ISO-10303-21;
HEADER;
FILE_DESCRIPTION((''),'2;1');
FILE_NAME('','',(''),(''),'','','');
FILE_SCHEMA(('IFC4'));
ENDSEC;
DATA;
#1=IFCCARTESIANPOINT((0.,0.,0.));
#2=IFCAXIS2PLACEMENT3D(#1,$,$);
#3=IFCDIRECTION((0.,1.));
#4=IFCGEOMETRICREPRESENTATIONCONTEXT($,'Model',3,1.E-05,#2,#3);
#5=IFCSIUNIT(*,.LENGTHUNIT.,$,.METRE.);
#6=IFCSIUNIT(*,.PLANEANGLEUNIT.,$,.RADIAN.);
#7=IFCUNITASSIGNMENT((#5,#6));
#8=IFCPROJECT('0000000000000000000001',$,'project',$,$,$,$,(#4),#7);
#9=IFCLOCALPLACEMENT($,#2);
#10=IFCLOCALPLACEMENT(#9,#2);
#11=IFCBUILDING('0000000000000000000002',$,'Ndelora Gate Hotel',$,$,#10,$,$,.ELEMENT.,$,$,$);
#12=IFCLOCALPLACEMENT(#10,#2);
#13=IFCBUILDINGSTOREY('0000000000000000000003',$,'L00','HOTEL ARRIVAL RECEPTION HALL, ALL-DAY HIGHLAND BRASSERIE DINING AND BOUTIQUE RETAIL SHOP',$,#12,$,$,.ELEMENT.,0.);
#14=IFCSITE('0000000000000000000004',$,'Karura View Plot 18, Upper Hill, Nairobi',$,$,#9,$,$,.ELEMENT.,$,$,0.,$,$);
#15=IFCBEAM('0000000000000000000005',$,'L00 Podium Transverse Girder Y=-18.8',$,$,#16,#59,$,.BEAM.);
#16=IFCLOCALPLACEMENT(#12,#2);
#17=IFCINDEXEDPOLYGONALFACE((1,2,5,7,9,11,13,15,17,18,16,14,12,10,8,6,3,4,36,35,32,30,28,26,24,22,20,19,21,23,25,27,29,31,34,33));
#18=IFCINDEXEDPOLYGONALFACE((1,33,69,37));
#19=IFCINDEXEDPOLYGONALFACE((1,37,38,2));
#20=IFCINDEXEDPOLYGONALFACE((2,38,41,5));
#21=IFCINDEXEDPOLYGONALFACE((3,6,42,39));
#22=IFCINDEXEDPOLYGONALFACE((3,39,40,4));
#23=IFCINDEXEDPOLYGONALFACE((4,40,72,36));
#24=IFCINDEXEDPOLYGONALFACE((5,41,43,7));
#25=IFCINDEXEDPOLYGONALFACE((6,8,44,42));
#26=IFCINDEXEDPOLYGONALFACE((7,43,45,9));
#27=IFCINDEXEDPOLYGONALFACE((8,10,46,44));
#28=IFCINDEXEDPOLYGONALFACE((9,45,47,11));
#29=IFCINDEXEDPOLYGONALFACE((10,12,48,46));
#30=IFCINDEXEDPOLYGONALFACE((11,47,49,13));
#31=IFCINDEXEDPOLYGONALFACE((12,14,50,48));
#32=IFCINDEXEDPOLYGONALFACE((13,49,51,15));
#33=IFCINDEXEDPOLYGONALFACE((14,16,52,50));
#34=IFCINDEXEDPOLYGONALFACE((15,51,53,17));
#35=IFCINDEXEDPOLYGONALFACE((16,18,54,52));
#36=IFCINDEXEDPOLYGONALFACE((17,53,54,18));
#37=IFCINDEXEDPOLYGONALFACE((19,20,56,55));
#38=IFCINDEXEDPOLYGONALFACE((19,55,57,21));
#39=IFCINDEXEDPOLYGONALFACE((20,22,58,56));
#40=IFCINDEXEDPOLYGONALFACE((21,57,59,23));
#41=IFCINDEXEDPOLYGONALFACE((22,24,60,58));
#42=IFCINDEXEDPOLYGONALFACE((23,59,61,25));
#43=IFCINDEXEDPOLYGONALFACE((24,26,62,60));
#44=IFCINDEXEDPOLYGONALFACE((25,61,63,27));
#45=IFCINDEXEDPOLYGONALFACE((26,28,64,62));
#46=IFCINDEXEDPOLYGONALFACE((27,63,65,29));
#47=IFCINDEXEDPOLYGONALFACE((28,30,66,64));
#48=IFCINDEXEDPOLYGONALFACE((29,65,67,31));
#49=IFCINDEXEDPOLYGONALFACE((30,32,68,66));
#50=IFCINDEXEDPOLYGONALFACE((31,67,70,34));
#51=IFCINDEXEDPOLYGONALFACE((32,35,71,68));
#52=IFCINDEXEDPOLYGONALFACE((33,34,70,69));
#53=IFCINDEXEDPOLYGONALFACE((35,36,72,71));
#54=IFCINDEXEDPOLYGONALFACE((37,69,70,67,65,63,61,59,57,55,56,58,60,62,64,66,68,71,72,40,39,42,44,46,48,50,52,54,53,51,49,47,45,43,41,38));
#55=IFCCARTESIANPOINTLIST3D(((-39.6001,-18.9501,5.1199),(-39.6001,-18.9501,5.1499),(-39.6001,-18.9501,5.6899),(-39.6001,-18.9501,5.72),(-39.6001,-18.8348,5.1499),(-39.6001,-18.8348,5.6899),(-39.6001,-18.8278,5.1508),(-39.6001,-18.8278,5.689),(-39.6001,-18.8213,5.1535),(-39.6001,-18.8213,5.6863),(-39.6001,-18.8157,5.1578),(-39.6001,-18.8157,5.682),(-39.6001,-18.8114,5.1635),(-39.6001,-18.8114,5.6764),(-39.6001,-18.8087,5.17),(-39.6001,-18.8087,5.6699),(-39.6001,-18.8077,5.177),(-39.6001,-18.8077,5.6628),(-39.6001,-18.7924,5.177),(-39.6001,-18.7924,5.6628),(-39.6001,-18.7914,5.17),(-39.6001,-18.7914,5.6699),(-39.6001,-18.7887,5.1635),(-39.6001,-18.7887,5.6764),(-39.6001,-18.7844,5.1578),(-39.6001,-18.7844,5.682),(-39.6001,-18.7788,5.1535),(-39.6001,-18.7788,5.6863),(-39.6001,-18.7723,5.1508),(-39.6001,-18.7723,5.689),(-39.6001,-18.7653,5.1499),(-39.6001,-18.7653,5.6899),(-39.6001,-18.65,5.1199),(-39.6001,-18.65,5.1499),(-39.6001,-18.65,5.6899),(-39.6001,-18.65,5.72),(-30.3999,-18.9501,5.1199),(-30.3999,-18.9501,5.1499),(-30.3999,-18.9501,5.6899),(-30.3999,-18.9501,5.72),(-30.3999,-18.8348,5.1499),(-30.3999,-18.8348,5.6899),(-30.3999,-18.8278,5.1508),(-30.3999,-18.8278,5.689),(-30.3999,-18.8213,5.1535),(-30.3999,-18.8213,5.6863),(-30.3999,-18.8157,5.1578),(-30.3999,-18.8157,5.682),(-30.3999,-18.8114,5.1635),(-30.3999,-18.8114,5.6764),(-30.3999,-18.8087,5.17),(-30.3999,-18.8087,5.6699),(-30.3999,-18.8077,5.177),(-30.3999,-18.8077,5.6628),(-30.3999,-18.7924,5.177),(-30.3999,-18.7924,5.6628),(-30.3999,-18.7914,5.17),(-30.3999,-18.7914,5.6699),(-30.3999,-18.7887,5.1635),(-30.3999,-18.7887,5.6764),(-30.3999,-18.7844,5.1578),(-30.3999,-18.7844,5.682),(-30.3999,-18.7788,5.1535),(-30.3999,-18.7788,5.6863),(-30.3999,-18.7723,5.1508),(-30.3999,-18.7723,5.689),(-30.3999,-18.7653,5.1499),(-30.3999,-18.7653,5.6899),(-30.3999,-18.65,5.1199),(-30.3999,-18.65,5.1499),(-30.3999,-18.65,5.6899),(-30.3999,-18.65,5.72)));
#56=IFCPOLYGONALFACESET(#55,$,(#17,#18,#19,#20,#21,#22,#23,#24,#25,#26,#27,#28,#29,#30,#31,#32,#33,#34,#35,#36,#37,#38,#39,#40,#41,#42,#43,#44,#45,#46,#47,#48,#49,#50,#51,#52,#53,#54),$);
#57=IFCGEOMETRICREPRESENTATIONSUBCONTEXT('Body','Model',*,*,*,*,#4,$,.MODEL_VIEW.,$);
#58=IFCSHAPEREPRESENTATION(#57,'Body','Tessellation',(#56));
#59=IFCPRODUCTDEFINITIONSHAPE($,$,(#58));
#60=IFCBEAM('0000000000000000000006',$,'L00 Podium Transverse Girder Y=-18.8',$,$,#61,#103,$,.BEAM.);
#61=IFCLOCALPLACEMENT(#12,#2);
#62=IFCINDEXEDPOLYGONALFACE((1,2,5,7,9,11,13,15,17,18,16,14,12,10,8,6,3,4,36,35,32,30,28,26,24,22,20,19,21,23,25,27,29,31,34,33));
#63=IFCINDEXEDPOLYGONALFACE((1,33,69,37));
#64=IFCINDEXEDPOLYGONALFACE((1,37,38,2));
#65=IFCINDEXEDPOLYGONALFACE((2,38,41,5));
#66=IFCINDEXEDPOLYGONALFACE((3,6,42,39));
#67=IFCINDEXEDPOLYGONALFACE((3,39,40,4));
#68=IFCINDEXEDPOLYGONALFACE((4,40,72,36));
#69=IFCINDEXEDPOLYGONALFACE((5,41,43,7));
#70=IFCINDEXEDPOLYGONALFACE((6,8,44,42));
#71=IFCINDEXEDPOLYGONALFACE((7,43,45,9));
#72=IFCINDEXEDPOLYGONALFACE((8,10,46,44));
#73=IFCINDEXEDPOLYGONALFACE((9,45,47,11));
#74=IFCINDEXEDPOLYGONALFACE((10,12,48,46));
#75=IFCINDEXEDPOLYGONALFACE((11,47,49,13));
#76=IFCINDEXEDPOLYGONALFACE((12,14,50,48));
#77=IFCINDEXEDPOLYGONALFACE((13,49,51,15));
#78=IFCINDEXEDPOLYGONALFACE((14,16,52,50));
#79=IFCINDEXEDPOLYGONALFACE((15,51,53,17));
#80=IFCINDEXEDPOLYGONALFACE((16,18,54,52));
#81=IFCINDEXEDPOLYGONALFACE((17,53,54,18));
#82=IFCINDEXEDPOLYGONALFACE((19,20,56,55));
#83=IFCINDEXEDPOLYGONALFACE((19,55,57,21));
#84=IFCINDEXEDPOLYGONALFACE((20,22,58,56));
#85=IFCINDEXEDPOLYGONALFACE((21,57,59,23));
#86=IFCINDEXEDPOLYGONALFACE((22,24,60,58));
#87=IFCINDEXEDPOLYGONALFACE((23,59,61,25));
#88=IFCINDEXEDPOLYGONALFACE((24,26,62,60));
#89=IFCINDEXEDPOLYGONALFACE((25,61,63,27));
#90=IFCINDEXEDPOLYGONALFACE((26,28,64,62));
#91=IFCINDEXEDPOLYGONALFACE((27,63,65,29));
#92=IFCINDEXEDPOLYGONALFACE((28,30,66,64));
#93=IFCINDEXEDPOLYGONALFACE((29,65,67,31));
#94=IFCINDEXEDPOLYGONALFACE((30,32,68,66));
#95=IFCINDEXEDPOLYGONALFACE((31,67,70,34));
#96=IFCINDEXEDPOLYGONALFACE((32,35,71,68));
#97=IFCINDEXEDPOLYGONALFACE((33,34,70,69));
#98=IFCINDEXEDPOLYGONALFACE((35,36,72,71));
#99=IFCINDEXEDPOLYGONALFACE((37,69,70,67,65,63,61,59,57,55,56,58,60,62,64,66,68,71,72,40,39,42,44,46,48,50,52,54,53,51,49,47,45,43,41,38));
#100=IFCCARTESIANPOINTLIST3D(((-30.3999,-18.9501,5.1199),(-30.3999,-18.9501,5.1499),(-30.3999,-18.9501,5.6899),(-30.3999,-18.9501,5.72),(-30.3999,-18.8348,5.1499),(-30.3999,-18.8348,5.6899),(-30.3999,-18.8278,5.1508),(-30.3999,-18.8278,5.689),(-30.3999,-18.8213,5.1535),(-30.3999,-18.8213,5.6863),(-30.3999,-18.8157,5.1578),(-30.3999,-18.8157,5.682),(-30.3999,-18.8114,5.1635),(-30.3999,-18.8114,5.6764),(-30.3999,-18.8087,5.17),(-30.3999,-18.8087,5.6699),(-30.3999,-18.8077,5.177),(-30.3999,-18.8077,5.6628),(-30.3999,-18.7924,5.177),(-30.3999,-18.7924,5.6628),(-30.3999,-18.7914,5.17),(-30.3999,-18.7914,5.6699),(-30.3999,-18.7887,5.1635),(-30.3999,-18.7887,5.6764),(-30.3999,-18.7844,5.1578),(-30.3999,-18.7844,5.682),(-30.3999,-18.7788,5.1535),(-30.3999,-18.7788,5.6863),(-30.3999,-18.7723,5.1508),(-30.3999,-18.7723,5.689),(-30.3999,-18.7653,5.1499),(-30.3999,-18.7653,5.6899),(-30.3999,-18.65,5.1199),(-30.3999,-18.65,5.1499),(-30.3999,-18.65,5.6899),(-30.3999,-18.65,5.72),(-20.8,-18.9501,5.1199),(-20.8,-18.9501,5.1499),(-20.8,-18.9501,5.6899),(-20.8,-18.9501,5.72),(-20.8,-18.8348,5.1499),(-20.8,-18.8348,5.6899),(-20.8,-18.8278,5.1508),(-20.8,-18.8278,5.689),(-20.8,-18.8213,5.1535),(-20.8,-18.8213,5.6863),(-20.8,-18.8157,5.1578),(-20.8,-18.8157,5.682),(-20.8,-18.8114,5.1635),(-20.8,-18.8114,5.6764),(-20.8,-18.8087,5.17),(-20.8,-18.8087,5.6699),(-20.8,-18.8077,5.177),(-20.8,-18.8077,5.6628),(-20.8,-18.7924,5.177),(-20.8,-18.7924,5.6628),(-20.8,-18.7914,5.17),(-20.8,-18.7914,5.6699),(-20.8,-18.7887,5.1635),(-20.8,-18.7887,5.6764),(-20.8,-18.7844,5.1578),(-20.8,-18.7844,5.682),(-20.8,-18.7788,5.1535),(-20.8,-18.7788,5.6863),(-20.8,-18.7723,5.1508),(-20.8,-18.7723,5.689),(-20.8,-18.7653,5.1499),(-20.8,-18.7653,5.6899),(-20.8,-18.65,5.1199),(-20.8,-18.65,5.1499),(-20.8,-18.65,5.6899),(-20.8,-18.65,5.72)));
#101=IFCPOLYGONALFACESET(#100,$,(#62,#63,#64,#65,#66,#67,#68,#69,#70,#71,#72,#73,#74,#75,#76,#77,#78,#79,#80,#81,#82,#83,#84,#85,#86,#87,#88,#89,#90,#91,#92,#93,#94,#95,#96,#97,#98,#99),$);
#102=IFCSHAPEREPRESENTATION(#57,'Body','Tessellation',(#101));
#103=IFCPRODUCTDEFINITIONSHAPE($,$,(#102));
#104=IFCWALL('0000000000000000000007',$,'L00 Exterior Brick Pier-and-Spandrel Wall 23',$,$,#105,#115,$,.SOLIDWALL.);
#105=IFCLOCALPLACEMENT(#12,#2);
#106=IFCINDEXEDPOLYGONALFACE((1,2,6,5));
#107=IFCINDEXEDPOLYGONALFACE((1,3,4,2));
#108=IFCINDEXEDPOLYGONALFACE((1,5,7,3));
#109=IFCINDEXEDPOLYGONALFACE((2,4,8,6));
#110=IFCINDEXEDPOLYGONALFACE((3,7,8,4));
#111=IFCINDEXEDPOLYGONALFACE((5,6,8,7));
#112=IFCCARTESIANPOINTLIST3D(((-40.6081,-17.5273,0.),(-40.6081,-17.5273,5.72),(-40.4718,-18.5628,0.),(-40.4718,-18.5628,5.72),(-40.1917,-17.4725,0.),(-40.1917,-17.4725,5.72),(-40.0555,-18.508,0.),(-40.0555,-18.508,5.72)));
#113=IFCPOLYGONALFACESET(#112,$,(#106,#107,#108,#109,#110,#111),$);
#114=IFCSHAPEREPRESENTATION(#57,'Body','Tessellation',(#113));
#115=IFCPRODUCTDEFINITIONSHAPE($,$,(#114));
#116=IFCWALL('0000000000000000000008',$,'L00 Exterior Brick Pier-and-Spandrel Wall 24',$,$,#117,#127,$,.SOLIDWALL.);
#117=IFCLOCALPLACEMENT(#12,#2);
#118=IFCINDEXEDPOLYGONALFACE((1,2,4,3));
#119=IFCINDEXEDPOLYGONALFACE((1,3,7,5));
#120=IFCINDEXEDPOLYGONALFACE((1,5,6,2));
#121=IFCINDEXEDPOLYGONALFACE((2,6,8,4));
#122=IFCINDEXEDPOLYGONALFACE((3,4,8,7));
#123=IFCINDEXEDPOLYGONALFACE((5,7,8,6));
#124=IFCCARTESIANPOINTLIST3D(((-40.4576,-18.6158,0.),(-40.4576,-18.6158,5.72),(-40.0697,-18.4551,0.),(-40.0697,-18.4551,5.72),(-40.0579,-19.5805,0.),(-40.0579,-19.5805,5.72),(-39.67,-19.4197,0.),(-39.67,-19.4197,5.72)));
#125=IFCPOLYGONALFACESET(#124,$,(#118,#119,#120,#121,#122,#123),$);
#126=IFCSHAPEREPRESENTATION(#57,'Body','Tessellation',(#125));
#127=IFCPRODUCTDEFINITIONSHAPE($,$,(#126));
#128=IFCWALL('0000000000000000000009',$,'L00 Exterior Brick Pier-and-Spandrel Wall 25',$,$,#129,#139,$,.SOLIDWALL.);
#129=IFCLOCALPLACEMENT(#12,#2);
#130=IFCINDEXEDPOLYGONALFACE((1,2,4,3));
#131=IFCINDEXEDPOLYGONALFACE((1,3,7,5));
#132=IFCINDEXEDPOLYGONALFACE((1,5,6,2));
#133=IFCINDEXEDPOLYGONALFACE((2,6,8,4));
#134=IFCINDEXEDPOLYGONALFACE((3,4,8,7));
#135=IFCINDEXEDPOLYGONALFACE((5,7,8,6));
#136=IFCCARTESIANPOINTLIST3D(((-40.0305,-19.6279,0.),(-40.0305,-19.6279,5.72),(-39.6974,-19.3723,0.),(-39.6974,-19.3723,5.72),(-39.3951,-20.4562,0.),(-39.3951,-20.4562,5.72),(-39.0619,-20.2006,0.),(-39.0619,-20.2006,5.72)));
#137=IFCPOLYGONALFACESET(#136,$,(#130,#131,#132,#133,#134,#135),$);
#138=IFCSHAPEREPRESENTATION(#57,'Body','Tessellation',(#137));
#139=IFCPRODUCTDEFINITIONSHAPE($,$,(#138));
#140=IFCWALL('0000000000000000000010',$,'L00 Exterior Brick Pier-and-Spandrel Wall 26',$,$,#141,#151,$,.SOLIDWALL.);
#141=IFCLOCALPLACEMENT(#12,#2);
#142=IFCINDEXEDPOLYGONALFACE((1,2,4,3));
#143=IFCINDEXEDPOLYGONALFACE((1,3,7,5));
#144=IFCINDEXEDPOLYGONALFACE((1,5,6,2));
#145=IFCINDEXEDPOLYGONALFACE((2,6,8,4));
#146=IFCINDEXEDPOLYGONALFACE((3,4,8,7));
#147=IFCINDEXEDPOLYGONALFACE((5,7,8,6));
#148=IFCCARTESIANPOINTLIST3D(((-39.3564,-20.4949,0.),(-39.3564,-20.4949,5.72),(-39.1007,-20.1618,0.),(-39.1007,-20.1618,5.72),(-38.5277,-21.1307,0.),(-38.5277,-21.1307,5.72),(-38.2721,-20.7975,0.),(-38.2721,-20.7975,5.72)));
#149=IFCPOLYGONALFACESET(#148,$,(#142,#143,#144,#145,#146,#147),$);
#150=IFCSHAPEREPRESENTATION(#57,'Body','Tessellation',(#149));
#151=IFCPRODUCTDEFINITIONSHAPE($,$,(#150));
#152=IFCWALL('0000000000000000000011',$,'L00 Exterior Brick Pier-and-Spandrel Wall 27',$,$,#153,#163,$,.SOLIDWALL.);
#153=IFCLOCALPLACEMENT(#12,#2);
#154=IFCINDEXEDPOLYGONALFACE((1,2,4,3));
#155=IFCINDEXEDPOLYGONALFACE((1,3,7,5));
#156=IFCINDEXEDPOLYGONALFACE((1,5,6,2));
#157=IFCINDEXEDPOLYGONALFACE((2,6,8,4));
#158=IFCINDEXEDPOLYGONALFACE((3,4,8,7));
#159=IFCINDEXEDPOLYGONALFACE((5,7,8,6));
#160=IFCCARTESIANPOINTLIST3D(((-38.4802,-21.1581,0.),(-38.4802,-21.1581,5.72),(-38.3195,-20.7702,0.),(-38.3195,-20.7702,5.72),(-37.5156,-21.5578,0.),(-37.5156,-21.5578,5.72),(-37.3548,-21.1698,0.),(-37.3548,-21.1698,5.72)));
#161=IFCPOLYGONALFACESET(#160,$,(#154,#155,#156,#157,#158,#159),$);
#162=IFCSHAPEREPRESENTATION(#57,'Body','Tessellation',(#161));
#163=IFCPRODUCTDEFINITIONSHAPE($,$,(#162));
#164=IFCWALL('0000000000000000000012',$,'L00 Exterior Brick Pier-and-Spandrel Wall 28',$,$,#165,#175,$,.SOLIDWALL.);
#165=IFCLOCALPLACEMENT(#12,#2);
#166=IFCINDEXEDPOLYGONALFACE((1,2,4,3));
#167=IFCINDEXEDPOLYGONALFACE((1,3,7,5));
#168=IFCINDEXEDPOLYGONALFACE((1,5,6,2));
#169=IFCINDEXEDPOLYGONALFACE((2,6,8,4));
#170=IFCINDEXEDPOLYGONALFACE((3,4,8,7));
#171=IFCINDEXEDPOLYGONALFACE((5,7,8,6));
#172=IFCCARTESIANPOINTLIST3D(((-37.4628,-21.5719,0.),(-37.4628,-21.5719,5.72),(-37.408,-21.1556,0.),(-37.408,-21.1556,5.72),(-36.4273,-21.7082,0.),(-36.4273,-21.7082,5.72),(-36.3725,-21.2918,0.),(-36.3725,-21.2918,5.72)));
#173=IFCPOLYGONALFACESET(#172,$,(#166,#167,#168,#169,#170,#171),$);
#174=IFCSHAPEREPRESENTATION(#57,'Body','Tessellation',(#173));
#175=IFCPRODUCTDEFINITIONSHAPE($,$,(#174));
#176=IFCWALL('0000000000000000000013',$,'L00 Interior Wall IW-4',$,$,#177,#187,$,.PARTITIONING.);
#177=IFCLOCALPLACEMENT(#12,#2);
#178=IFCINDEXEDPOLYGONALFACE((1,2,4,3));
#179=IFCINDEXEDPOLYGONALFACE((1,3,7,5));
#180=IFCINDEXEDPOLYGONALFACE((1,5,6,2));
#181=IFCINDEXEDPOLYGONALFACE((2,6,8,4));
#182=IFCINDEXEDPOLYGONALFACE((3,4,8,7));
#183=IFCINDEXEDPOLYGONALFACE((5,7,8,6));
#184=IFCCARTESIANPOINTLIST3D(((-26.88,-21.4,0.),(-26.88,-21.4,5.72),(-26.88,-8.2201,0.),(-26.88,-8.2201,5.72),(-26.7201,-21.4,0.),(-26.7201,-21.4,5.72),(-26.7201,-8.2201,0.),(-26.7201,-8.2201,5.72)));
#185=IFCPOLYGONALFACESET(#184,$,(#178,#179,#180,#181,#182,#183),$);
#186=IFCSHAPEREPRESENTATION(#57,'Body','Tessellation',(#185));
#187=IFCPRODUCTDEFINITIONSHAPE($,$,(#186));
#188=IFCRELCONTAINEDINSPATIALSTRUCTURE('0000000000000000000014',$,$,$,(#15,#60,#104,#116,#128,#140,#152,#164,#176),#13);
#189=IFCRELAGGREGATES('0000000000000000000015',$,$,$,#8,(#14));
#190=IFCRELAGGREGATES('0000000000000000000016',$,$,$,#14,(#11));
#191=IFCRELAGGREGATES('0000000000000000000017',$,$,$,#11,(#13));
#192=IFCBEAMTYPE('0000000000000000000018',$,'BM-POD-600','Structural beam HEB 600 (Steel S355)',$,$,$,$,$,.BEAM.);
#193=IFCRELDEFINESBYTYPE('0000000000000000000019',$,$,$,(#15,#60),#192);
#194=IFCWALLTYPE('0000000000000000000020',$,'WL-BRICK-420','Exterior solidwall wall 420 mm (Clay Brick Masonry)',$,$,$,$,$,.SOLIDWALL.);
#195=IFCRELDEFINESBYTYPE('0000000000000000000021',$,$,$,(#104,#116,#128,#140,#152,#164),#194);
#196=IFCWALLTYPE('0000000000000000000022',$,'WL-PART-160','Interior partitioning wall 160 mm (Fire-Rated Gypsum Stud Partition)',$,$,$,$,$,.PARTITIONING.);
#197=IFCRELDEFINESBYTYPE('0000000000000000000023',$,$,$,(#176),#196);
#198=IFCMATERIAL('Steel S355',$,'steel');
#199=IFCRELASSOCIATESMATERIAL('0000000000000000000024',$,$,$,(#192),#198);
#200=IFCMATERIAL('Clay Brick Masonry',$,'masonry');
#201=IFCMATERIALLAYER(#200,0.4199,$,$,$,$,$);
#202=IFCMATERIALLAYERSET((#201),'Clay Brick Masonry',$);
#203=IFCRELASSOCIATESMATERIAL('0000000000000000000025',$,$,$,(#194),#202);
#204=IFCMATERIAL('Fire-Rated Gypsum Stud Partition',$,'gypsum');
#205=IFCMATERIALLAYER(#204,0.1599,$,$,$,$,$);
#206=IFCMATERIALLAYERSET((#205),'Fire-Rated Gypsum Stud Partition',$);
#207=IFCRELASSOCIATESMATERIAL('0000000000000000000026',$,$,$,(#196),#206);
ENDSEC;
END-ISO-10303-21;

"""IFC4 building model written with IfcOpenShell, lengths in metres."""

from ifc_helpers import new_model, si_unit, direction, frame, frame_2d, origin, origin_2d, place, context, subcontext, project, spatial, rectangle, i_section, extrude, material, layer, layer_set, material_profile, profile_set, type_object, element, save


model = new_model("IFC4")

# Units and contexts
model_context = context("Model", 3, precision=1e-05, world=origin(), true_north=direction((0.0, 1.0)))
body_context = subcontext(model_context, "Body", "Model", "MODEL_VIEW")
ifc_project = project(units=[si_unit("LENGTHUNIT", "METRE"), si_unit("PLANEANGLEUNIT", "RADIAN")], contexts=[model_context])

# Site, building, storey
site_placement = place(None, origin())
site = spatial("IfcSite", under=ifc_project, at=site_placement, Name="Karura View Plot 18, Upper Hill, Nairobi", CompositionType="ELEMENT", RefElevation=0.0)
building_placement = place(site_placement, origin())
building = spatial("IfcBuilding", under=site, at=building_placement, Name="Ndelora Gate Hotel", CompositionType="ELEMENT")
storey_placement = place(building_placement, origin())
storey = spatial("IfcBuildingStorey", under=building, at=storey_placement, Name="L00", Description="HOTEL ARRIVAL RECEPTION HALL, ALL-DAY HIGHLAND BRASSERIE DINING AND BOUTIQUE RETAIL SHOP", CompositionType="ELEMENT", Elevation=0.0)

# Beams
ifc_material_1 = material(Name="Steel S355", Category="steel")
ifc_material_profile_1 = material_profile(ifc_material_1, i_section(OverallWidth=0.3, OverallDepth=0.6001, WebThickness=0.0154, FlangeThickness=0.03, FilletRadius=0.0271, at=origin_2d()), Name="HEB 600")
ifc_profile_set_1 = profile_set([ifc_material_profile_1], Name="Steel S355")
beam_type_1 = type_object("IfcBeamType", Name="BM-POD-600", Description="Structural beam HEB 600 (Steel S355)", PredefinedType="BEAM", material=ifc_profile_set_1)
beam_1_placement = place(storey_placement, frame((-39.6001, -18.8, 5.4199), z_axis=(1.0, 0.0, 0.0), x_axis=(0.0, 1.0, 0.0)))
element("IfcBeam", 1, at=beam_1_placement, inside=storey, type_object=beam_type_1, Name="L00 Podium Transverse Girder Y=-18.8", PredefinedType="BEAM", context=body_context, shape_type="SweptSolid", body=[
    extrude(i_section(OverallWidth=0.3, OverallDepth=0.6001, WebThickness=0.0154, FlangeThickness=0.03, FilletRadius=0.0271, at=origin_2d()), origin(), (0.0, 0.0, 1.0), 9.2002),
])
beam_2_placement = place(storey_placement, frame((-30.3999, -18.8, 5.4199), z_axis=(1.0, 0.0, 0.0), x_axis=(0.0, 1.0, 0.0)))
element("IfcBeam", 2, at=beam_2_placement, inside=storey, type_object=beam_type_1, Name="L00 Podium Transverse Girder Y=-18.8", PredefinedType="BEAM", context=body_context, shape_type="SweptSolid", body=[
    extrude(i_section(OverallWidth=0.3, OverallDepth=0.6001, WebThickness=0.0154, FlangeThickness=0.03, FilletRadius=0.0271, at=origin_2d()), origin(), (0.0, 0.0, 1.0), 9.5999),
])

# Shared definitions
ifc_material_2 = material(Name="Clay Brick Masonry", Category="masonry")
ifc_layer_1 = layer(ifc_material_2, 0.4199)
ifc_layer_set_1 = layer_set([ifc_layer_1], Name="Clay Brick Masonry")
wall_type_1 = type_object("IfcWallType", Name="WL-BRICK-420", Description="Exterior solidwall wall 420 mm (Clay Brick Masonry)", PredefinedType="SOLIDWALL", material=ifc_layer_set_1)

# Walls
wall_1_placement = place(storey_placement, frame((-40.2637, -18.5354, 0.0), z_axis=(0.0, 0.0, 1.0), x_axis=(-0.130448, 0.991455, 0.0)))
element("IfcWall", 3, at=wall_1_placement, inside=storey, type_object=wall_type_1, Name="L00 Exterior Brick Pier-and-Spandrel Wall 23", PredefinedType="SOLIDWALL", context=body_context, shape_type="SweptSolid", body=[
    extrude(rectangle(XDim=1.0444, YDim=0.4199, at=frame_2d((0.5222, 0.0))), origin(), (0.0, 0.0, 1.0), 5.72),
])
wall_2_placement = place(storey_placement, frame((-39.864, -19.5, 0.0), z_axis=(0.0, 0.0, 1.0), x_axis=(-0.382772, 0.923843, 0.0)))
element("IfcWall", 4, at=wall_2_placement, inside=storey, type_object=wall_type_1, Name="L00 Exterior Brick Pier-and-Spandrel Wall 24", PredefinedType="SOLIDWALL", context=body_context, shape_type="SweptSolid", body=[
    extrude(rectangle(XDim=1.0442, YDim=0.4199, at=frame_2d((0.522, 0.0))), origin(), (0.0, 0.0, 1.0), 5.72),
])
wall_3_placement = place(storey_placement, frame((-39.2285, -20.3284, 0.0), z_axis=(0.0, 0.0, 1.0), x_axis=(-0.608682, 0.793414, 0.0)))
element("IfcWall", 5, at=wall_3_placement, inside=storey, type_object=wall_type_1, Name="L00 Exterior Brick Pier-and-Spandrel Wall 25", PredefinedType="SOLIDWALL", context=body_context, shape_type="SweptSolid", body=[
    extrude(rectangle(XDim=1.0439, YDim=0.4199, at=frame_2d((0.522, 0.0))), origin(), (0.0, 0.0, 1.0), 5.72),
])
wall_4_placement = place(storey_placement, frame((-38.3999, -20.9641, 0.0), z_axis=(0.0, 0.0, 1.0), x_axis=(-0.793388, 0.608716, 0.0)))
element("IfcWall", 6, at=wall_4_placement, inside=storey, type_object=wall_type_1, Name="L00 Exterior Brick Pier-and-Spandrel Wall 26", PredefinedType="SOLIDWALL", context=body_context, shape_type="SweptSolid", body=[
    extrude(rectangle(XDim=1.0444, YDim=0.4199, at=frame_2d((0.5222, 0.0))), origin(), (0.0, 0.0, 1.0), 5.72),
])
wall_5_placement = place(storey_placement, frame((-37.4353, -21.3638, 0.0), z_axis=(0.0, 0.0, 1.0), x_axis=(-0.923843, 0.382772, 0.0)))
element("IfcWall", 7, at=wall_5_placement, inside=storey, type_object=wall_type_1, Name="L00 Exterior Brick Pier-and-Spandrel Wall 27", PredefinedType="SOLIDWALL", context=body_context, shape_type="SweptSolid", body=[
    extrude(rectangle(XDim=1.0442, YDim=0.4199, at=frame_2d((0.522, 0.0))), origin(), (0.0, 0.0, 1.0), 5.72),
])
wall_6_placement = place(storey_placement, frame((-36.3999, -21.5, 0.0), z_axis=(0.0, 0.0, 1.0), x_axis=(-0.991455, 0.130448, 0.0)))
element("IfcWall", 8, at=wall_6_placement, inside=storey, type_object=wall_type_1, Name="L00 Exterior Brick Pier-and-Spandrel Wall 28", PredefinedType="SOLIDWALL", context=body_context, shape_type="SweptSolid", body=[
    extrude(rectangle(XDim=1.0444, YDim=0.4199, at=frame_2d((0.5222, 0.0))), origin(), (0.0, 0.0, 1.0), 5.72),
])
ifc_material_3 = material(Name="Fire-Rated Gypsum Stud Partition", Category="gypsum")
ifc_layer_2 = layer(ifc_material_3, 0.1599)
ifc_layer_set_2 = layer_set([ifc_layer_2], Name="Fire-Rated Gypsum Stud Partition")
wall_type_2 = type_object("IfcWallType", Name="WL-PART-160", Description="Interior partitioning wall 160 mm (Fire-Rated Gypsum Stud Partition)", PredefinedType="PARTITIONING", material=ifc_layer_set_2)
wall_7_placement = place(storey_placement, frame((-26.8, -21.3999, 0.0), z_axis=(0.0, 0.0, 1.0), x_axis=(0.0, 1.0, 0.0)))
element("IfcWall", 9, at=wall_7_placement, inside=storey, type_object=wall_type_2, Name="L00 Interior Wall IW-4", PredefinedType="PARTITIONING", context=body_context, shape_type="SweptSolid", body=[
    extrude(rectangle(XDim=13.1799, YDim=0.1599, at=frame_2d((6.5898, 0.0))), origin(), (0.0, 0.0, 1.0), 5.72),
])

save(model, "model.ifc")
